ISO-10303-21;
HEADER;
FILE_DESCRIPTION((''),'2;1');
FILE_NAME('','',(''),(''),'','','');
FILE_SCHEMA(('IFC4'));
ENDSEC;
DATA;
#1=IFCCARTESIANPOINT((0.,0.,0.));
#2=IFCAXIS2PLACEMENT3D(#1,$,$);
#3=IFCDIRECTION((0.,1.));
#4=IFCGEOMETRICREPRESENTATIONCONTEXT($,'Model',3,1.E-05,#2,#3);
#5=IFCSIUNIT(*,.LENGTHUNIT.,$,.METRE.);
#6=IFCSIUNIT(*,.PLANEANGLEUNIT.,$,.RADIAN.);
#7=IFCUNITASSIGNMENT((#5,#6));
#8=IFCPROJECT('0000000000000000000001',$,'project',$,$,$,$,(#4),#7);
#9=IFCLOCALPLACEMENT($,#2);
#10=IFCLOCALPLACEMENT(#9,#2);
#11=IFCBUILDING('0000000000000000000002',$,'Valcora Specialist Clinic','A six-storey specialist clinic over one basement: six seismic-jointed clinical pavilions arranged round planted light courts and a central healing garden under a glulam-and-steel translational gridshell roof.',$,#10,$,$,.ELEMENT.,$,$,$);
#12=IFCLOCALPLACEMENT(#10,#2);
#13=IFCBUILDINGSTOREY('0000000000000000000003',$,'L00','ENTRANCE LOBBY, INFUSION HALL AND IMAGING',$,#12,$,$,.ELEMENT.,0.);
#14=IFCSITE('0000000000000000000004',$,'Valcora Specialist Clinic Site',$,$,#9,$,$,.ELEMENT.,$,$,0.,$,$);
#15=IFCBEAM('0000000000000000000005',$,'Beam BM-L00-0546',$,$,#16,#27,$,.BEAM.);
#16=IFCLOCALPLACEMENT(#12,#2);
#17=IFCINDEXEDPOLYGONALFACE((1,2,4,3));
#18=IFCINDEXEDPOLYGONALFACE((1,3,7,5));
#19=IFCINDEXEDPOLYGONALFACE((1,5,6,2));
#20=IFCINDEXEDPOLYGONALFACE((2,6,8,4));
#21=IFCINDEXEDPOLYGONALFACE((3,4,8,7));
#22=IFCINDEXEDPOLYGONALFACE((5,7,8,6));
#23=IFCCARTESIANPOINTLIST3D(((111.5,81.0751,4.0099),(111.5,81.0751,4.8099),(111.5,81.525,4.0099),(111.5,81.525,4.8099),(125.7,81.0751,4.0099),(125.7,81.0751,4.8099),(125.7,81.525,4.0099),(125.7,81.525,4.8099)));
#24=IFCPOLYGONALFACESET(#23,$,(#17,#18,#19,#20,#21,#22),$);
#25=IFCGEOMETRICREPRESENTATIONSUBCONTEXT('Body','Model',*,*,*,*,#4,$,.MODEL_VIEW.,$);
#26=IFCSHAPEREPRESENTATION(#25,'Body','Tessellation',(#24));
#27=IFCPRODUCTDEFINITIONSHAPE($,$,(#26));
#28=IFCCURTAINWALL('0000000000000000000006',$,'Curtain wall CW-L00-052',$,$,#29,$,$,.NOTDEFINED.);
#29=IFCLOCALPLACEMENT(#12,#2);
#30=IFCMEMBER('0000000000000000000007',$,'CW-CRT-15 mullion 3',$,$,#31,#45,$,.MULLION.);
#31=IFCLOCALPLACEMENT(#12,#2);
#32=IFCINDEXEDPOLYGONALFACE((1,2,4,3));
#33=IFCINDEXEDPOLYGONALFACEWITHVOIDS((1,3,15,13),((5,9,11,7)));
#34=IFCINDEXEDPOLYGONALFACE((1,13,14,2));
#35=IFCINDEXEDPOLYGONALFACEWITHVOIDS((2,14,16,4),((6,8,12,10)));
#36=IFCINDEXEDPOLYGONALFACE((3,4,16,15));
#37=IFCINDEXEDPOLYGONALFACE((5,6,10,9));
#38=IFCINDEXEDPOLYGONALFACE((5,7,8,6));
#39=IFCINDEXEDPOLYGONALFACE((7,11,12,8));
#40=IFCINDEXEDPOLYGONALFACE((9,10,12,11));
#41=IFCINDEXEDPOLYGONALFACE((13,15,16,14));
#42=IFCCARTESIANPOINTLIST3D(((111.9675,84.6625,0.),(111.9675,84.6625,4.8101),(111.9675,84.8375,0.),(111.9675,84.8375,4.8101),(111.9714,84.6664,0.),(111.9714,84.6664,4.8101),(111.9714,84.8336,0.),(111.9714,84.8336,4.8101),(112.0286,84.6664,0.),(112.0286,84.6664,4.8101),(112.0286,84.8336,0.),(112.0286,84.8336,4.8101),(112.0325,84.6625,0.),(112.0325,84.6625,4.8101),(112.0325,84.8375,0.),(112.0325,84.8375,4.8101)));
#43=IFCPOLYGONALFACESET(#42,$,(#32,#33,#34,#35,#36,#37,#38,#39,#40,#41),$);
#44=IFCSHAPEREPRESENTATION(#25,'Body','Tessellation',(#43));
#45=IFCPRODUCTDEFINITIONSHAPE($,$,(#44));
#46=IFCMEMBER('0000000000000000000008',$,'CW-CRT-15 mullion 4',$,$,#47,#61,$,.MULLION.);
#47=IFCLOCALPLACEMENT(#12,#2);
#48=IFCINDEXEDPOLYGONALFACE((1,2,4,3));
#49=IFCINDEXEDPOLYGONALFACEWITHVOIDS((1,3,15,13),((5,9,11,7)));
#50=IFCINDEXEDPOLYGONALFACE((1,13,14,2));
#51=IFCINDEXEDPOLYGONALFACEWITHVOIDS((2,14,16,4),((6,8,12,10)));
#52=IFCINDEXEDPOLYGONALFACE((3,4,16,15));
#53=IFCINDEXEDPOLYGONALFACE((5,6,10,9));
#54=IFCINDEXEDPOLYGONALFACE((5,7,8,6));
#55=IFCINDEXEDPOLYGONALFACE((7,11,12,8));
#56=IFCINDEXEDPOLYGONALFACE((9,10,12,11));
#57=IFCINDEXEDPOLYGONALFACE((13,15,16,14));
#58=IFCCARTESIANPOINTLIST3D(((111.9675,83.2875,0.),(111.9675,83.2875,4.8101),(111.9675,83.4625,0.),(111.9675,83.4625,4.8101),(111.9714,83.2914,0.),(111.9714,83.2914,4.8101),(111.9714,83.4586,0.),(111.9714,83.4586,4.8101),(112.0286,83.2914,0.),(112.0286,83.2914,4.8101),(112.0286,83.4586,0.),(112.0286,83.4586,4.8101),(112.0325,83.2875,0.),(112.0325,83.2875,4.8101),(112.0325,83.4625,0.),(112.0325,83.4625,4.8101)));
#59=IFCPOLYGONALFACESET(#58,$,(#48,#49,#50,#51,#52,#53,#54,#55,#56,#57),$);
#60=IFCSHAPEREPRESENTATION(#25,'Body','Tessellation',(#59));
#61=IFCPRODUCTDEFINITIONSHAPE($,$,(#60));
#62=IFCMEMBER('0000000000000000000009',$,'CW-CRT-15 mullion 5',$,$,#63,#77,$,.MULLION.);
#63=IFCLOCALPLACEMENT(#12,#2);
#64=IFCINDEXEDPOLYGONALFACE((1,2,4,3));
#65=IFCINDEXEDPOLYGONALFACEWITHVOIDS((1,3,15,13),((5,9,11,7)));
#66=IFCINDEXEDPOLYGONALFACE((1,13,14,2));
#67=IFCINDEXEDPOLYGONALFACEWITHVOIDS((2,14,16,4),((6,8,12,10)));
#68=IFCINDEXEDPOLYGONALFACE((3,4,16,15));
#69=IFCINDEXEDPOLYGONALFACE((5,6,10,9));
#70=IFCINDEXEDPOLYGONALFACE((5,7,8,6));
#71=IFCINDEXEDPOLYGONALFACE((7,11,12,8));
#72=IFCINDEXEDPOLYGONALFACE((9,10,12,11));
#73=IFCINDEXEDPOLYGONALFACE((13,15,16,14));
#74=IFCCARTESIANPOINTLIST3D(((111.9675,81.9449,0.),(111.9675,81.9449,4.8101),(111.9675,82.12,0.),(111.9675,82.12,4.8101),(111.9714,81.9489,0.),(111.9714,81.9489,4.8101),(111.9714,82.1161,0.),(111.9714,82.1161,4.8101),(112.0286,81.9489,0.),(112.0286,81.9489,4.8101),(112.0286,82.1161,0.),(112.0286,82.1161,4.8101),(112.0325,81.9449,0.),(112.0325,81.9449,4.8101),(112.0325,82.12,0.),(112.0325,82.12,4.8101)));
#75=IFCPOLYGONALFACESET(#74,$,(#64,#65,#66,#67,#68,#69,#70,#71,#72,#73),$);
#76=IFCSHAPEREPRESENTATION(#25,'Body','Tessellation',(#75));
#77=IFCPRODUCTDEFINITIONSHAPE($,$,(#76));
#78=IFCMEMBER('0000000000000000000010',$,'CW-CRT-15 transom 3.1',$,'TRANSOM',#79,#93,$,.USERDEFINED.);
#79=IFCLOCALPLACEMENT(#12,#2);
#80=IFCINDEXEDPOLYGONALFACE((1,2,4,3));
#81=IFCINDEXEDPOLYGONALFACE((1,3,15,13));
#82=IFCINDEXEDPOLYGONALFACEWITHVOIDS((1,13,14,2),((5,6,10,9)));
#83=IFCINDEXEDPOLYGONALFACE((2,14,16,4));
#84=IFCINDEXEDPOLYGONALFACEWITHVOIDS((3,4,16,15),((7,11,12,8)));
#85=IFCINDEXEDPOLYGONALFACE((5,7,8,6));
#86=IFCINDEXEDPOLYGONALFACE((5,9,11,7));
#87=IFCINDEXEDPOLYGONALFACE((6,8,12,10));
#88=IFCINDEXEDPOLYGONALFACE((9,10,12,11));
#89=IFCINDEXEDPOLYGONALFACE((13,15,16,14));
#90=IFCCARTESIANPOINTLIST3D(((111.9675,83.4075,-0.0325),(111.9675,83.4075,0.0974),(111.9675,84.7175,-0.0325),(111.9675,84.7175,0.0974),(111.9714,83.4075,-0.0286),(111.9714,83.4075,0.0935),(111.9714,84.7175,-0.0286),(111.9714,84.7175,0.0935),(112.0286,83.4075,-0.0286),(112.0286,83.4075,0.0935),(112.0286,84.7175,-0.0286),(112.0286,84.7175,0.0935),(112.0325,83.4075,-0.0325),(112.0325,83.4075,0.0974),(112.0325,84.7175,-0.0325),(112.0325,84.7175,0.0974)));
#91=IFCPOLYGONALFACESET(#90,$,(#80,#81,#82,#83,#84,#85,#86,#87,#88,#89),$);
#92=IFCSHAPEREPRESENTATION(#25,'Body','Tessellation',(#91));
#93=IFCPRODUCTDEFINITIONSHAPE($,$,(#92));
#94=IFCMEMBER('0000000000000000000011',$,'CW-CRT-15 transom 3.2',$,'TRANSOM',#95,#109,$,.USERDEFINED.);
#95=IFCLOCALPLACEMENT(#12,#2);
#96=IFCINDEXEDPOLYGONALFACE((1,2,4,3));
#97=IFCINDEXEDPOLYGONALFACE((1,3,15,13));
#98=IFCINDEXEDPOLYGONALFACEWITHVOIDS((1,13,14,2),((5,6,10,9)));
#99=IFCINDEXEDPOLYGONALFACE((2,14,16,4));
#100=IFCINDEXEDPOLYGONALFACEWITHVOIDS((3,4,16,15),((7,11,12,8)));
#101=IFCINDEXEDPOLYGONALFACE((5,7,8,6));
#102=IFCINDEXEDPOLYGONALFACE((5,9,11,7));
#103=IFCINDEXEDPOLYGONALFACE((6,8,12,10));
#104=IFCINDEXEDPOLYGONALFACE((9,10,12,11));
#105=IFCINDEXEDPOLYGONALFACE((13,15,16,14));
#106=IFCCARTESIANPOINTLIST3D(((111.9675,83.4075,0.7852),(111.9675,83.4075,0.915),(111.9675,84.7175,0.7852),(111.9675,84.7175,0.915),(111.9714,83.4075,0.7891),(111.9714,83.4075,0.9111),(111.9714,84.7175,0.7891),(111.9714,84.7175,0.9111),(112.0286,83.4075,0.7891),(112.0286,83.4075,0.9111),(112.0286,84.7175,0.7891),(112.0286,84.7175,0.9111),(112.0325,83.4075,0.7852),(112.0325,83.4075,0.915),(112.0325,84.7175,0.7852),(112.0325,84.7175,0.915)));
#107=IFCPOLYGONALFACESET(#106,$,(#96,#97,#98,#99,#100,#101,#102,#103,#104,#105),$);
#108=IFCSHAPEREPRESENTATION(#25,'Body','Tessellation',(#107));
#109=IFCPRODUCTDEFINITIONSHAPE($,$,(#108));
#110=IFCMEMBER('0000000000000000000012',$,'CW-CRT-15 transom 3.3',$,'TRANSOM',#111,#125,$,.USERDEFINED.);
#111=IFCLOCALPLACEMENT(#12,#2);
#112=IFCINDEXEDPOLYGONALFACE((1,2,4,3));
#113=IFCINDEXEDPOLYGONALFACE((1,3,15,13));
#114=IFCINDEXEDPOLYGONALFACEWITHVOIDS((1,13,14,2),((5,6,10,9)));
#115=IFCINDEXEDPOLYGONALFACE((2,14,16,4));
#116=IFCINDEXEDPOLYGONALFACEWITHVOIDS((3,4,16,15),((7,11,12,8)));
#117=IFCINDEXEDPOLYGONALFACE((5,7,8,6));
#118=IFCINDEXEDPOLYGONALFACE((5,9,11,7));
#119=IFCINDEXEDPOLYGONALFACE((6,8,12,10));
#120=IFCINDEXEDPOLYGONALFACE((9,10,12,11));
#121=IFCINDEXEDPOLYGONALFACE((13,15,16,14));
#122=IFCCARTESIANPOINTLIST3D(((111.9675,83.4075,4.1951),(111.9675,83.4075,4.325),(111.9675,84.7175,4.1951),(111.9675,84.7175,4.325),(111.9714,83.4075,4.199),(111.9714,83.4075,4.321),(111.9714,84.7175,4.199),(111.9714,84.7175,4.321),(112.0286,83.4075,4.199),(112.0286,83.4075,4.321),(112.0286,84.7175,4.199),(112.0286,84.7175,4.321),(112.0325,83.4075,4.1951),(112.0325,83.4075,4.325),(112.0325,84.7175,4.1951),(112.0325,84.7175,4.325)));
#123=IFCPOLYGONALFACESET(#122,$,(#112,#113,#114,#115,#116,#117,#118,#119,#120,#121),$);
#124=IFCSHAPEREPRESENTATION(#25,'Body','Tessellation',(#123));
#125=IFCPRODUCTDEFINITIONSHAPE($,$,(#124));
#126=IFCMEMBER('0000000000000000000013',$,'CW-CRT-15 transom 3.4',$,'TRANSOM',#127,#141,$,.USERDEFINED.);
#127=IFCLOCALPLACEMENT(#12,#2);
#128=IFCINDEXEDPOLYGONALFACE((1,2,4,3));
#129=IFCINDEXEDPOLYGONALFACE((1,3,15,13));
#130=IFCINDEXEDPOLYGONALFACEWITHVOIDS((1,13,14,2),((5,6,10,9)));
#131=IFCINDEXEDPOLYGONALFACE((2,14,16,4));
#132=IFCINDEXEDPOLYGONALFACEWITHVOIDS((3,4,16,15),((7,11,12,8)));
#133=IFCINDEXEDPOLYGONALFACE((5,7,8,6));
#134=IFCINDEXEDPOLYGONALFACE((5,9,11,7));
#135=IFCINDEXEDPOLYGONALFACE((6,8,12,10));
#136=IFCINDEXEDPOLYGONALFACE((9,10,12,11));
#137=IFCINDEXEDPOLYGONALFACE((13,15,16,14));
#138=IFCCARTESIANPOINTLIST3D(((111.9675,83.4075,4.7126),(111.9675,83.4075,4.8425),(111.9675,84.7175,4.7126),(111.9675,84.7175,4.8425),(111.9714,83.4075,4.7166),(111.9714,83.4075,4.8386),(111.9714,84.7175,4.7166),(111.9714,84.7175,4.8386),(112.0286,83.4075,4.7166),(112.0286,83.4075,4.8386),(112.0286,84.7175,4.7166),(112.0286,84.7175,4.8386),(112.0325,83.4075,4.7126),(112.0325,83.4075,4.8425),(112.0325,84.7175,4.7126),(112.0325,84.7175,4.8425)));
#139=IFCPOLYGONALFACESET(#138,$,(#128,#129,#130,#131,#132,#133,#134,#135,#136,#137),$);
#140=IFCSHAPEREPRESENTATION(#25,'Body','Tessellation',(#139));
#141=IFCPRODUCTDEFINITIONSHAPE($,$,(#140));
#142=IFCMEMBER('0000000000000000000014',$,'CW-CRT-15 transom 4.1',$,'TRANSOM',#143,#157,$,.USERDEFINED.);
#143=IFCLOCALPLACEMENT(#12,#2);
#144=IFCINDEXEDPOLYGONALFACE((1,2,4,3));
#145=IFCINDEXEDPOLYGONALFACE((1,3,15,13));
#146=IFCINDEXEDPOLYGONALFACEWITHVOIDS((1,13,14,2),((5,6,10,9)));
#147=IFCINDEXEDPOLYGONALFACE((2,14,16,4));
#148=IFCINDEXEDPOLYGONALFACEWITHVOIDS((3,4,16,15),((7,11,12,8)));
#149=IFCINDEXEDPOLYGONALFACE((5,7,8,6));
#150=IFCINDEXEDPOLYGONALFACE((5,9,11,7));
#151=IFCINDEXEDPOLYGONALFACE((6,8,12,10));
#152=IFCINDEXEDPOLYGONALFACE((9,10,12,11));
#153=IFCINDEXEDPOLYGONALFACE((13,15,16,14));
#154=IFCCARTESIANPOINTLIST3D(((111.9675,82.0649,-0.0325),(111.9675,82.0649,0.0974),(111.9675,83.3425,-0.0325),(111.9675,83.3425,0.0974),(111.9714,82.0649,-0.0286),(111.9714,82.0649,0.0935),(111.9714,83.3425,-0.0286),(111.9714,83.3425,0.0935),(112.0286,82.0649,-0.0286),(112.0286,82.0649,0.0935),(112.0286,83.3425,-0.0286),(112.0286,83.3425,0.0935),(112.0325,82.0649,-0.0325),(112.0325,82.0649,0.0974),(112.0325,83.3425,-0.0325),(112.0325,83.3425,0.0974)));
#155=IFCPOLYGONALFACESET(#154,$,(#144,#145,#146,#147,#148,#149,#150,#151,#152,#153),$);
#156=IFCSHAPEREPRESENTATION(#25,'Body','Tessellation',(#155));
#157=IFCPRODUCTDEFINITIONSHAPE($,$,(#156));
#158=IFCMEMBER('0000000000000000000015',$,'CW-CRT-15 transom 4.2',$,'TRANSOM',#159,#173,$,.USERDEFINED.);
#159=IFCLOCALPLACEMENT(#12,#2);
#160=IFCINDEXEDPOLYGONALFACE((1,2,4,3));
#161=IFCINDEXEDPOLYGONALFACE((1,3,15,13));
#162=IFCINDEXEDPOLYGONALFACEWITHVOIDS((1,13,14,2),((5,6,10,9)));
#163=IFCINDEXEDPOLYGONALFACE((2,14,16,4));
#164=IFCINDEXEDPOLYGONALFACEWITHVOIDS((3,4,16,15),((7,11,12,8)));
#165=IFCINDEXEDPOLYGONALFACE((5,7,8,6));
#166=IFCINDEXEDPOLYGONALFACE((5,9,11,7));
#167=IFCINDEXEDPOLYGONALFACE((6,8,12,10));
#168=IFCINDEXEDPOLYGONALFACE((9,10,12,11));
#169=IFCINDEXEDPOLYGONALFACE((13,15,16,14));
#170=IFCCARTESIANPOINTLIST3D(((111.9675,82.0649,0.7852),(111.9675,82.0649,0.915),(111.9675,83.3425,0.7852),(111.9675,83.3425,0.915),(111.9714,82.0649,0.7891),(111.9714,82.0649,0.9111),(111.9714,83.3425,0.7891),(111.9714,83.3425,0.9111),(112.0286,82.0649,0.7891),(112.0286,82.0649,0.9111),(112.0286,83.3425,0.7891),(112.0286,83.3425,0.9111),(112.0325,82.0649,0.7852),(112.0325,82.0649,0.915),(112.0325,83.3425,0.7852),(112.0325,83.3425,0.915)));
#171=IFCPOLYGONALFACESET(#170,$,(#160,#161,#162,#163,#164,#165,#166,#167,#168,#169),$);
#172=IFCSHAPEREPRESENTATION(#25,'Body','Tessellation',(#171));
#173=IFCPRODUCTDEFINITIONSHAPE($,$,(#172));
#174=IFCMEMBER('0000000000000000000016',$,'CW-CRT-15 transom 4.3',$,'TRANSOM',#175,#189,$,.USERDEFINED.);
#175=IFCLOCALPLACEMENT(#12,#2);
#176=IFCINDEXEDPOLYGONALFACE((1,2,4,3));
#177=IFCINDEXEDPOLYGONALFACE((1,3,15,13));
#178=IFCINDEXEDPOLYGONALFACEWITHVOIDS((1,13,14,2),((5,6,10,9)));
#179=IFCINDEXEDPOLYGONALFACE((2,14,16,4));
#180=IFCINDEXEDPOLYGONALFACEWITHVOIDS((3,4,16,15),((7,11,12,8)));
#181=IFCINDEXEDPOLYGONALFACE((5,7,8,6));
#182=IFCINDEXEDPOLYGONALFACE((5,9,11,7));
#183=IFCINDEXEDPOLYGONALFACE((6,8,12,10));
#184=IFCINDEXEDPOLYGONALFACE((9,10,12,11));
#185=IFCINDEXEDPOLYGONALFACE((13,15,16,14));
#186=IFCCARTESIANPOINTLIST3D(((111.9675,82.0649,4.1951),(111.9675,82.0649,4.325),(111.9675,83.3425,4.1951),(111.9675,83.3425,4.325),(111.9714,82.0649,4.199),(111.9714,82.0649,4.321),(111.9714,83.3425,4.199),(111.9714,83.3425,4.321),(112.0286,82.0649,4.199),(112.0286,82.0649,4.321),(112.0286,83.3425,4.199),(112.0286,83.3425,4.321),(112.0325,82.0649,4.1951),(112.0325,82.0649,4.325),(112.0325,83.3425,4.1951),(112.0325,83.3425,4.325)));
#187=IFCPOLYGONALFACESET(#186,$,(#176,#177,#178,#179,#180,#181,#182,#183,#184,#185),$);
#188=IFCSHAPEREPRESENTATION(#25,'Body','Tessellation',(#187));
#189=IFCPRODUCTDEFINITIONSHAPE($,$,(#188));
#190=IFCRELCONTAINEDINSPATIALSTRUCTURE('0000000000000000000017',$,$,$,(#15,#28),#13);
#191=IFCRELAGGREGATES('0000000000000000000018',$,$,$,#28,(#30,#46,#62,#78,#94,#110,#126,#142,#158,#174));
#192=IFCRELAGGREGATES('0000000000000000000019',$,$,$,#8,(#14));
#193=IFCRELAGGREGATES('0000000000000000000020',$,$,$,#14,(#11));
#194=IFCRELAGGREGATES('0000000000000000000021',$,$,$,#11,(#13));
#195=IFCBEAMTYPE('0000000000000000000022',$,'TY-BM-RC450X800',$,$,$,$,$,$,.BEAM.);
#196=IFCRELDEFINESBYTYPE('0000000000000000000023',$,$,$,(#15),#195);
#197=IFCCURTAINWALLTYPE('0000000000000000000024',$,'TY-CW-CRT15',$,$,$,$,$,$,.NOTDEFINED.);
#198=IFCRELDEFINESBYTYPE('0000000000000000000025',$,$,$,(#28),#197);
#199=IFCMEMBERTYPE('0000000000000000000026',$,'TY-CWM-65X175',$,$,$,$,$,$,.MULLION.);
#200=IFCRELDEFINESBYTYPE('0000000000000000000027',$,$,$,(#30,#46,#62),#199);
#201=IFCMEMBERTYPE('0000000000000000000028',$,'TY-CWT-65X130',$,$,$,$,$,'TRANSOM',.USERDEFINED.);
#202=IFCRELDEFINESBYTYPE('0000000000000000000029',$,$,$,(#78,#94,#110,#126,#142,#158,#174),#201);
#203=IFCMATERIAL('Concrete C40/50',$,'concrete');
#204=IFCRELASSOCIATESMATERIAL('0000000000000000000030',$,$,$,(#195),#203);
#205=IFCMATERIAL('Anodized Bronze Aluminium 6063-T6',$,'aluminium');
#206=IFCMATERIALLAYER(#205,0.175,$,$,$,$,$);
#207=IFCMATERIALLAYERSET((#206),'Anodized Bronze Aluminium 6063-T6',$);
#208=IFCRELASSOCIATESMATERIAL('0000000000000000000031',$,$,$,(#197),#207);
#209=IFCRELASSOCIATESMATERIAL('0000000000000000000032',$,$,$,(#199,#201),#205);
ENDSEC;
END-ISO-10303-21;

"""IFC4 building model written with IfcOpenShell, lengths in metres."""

from ifc_helpers import new_model, si_unit, direction, frame, origin, origin_2d, place, context, subcontext, project, spatial, rectangle, hollow_rectangle, extrude, material, layer, layer_set, material_profile, profile_set, type_object, element, aggregate, save


model = new_model("IFC4")

# Units and contexts
model_context = context("Model", 3, precision=1e-05, world=origin(), true_north=direction((0.0, 1.0)))
body_context = subcontext(model_context, "Body", "Model", "MODEL_VIEW")
ifc_project = project(units=[si_unit("LENGTHUNIT", "METRE"), si_unit("PLANEANGLEUNIT", "RADIAN")], contexts=[model_context])

# Site, building, storey
site_placement = place(None, origin())
site = spatial("IfcSite", under=ifc_project, at=site_placement, Name="Valcora Specialist Clinic Site", CompositionType="ELEMENT", RefElevation=0.0)
building_placement = place(site_placement, origin())
building = spatial("IfcBuilding", under=site, at=building_placement, Name="Valcora Specialist Clinic", Description="A six-storey specialist clinic over one basement: six seismic-jointed clinical pavilions arranged round planted light courts and a central healing garden under a glulam-and-steel translational gridshell roof.", CompositionType="ELEMENT")
storey_placement = place(building_placement, origin())
storey = spatial("IfcBuildingStorey", under=building, at=storey_placement, Name="L00", Description="ENTRANCE LOBBY, INFUSION HALL AND IMAGING", CompositionType="ELEMENT", Elevation=0.0)

# Beam
ifc_material_1 = material(Name="Concrete C40/50", Category="concrete")
ifc_material_profile_1 = material_profile(ifc_material_1, rectangle(XDim=0.45, YDim=0.8, at=origin_2d()), Name="RC-BM-450X800")
ifc_profile_set_1 = profile_set([ifc_material_profile_1], Name="Concrete C40/50")
beam_type = type_object("IfcBeamType", Name="TY-BM-RC450X800", PredefinedType="BEAM", material=ifc_profile_set_1)
beam_placement = place(storey_placement, frame((111.5, 81.3, 4.4099), z_axis=(1.0, 0.0, 0.0), x_axis=(0.0, 1.0, 0.0)))
element("IfcBeam", 1, at=beam_placement, inside=storey, type_object=beam_type, Name="Beam BM-L00-0546", PredefinedType="BEAM", context=body_context, shape_type="SweptSolid", body=[
    extrude(rectangle(XDim=0.45, YDim=0.8, at=origin_2d()), origin(), (0.0, 0.0, 1.0), 14.2),
])

# Curtain wall, members
ifc_material_2 = material(Name="Anodized Bronze Aluminium 6063-T6", Category="aluminium")
ifc_layer_1 = layer(ifc_material_2, 0.175)
ifc_layer_set_1 = layer_set([ifc_layer_1], Name="Anodized Bronze Aluminium 6063-T6")
curtain_wall_type = type_object("IfcCurtainWallType", Name="TY-CW-CRT15", PredefinedType="NOTDEFINED", material=ifc_layer_set_1)
curtain_wall_placement = place(storey_placement, origin())
curtain_wall = element("IfcCurtainWall", 2, at=curtain_wall_placement, inside=storey, type_object=curtain_wall_type, Name="Curtain wall CW-L00-052", PredefinedType="NOTDEFINED")
ifc_material_profile_2 = material_profile(ifc_material_2, hollow_rectangle(XDim=0.0649, YDim=0.175, WallThickness=0.0039, at=origin_2d()), Name="AL-MUL-65X175")
ifc_profile_set_2 = profile_set([ifc_material_profile_2], Name="Anodized Bronze Aluminium 6063-T6")
member_type_1 = type_object("IfcMemberType", Name="TY-CWM-65X175", PredefinedType="MULLION", material=ifc_profile_set_2)
member_1_placement = place(storey_placement, frame((112.0, 84.75, 0.0), z_axis=(0.0, 0.0, 1.0), x_axis=(1.0, 0.0, 0.0)))
member_1 = element("IfcMember", 3, at=member_1_placement, type_object=member_type_1, Name="CW-CRT-15 mullion 3", PredefinedType="MULLION", context=body_context, shape_type="SweptSolid", body=[
    extrude(hollow_rectangle(XDim=0.0649, YDim=0.175, WallThickness=0.0039, at=origin_2d()), origin(), (0.0, 0.0, 1.0), 4.8101),
])
member_2_placement = place(storey_placement, frame((112.0, 83.375, 0.0), z_axis=(0.0, 0.0, 1.0), x_axis=(1.0, 0.0, 0.0)))
member_2 = element("IfcMember", 4, at=member_2_placement, type_object=member_type_1, Name="CW-CRT-15 mullion 4", PredefinedType="MULLION", context=body_context, shape_type="SweptSolid", body=[
    extrude(hollow_rectangle(XDim=0.0649, YDim=0.175, WallThickness=0.0039, at=origin_2d()), origin(), (0.0, 0.0, 1.0), 4.8101),
])
member_3_placement = place(storey_placement, frame((112.0, 82.0325, 0.0), z_axis=(0.0, 0.0, 1.0), x_axis=(1.0, 0.0, 0.0)))
member_3 = element("IfcMember", 5, at=member_3_placement, type_object=member_type_1, Name="CW-CRT-15 mullion 5", PredefinedType="MULLION", context=body_context, shape_type="SweptSolid", body=[
    extrude(hollow_rectangle(XDim=0.0649, YDim=0.175, WallThickness=0.0039, at=origin_2d()), origin(), (0.0, 0.0, 1.0), 4.8101),
])
ifc_material_profile_3 = material_profile(ifc_material_2, hollow_rectangle(XDim=0.0649, YDim=0.1299, WallThickness=0.0039, at=origin_2d()), Name="AL-TRN-65X130")
ifc_profile_set_3 = profile_set([ifc_material_profile_3], Name="Anodized Bronze Aluminium 6063-T6")
member_type_2 = type_object("IfcMemberType", Name="TY-CWT-65X130", ElementType="TRANSOM", PredefinedType="USERDEFINED", material=ifc_profile_set_3)
member_4_placement = place(storey_placement, frame((112.0, 84.7175, 0.0325), z_axis=(0.0, -1.0, 0.0), x_axis=(1.0, 0.0, 0.0)))
member_4 = element("IfcMember", 6, at=member_4_placement, type_object=member_type_2, Name="CW-CRT-15 transom 3.1", ObjectType="TRANSOM", PredefinedType="USERDEFINED", context=body_context, shape_type="SweptSolid", body=[
    extrude(hollow_rectangle(XDim=0.0649, YDim=0.1299, WallThickness=0.0039, at=origin_2d()), origin(), (0.0, 0.0, 1.0), 1.3101),
])
member_5_placement = place(storey_placement, frame((112.0, 84.7175, 0.8501), z_axis=(0.0, -1.0, 0.0), x_axis=(1.0, 0.0, 0.0)))
member_5 = element("IfcMember", 7, at=member_5_placement, type_object=member_type_2, Name="CW-CRT-15 transom 3.2", ObjectType="TRANSOM", PredefinedType="USERDEFINED", context=body_context, shape_type="SweptSolid", body=[
    extrude(hollow_rectangle(XDim=0.0649, YDim=0.1299, WallThickness=0.0039, at=origin_2d()), origin(), (0.0, 0.0, 1.0), 1.3101),
])
member_6_placement = place(storey_placement, frame((112.0, 84.7175, 4.26), z_axis=(0.0, -1.0, 0.0), x_axis=(1.0, 0.0, 0.0)))
member_6 = element("IfcMember", 8, at=member_6_placement, type_object=member_type_2, Name="CW-CRT-15 transom 3.3", ObjectType="TRANSOM", PredefinedType="USERDEFINED", context=body_context, shape_type="SweptSolid", body=[
    extrude(hollow_rectangle(XDim=0.0649, YDim=0.1299, WallThickness=0.0039, at=origin_2d()), origin(), (0.0, 0.0, 1.0), 1.3101),
])
member_7_placement = place(storey_placement, frame((112.0, 84.7175, 4.7776), z_axis=(0.0, -1.0, 0.0), x_axis=(1.0, 0.0, 0.0)))
member_7 = element("IfcMember", 9, at=member_7_placement, type_object=member_type_2, Name="CW-CRT-15 transom 3.4", ObjectType="TRANSOM", PredefinedType="USERDEFINED", context=body_context, shape_type="SweptSolid", body=[
    extrude(hollow_rectangle(XDim=0.0649, YDim=0.1299, WallThickness=0.0039, at=origin_2d()), origin(), (0.0, 0.0, 1.0), 1.3101),
])
member_8_placement = place(storey_placement, frame((112.0, 83.3425, 0.0325), z_axis=(0.0, -1.0, 0.0), x_axis=(1.0, 0.0, 0.0)))
member_8 = element("IfcMember", 10, at=member_8_placement, type_object=member_type_2, Name="CW-CRT-15 transom 4.1", ObjectType="TRANSOM", PredefinedType="USERDEFINED", context=body_context, shape_type="SweptSolid", body=[
    extrude(hollow_rectangle(XDim=0.0649, YDim=0.1299, WallThickness=0.0039, at=origin_2d()), origin(), (0.0, 0.0, 1.0), 1.2776),
])
member_9_placement = place(storey_placement, frame((112.0, 83.3425, 0.8501), z_axis=(0.0, -1.0, 0.0), x_axis=(1.0, 0.0, 0.0)))
member_9 = element("IfcMember", 11, at=member_9_placement, type_object=member_type_2, Name="CW-CRT-15 transom 4.2", ObjectType="TRANSOM", PredefinedType="USERDEFINED", context=body_context, shape_type="SweptSolid", body=[
    extrude(hollow_rectangle(XDim=0.0649, YDim=0.1299, WallThickness=0.0039, at=origin_2d()), origin(), (0.0, 0.0, 1.0), 1.2776),
])
member_10_placement = place(storey_placement, frame((112.0, 83.3425, 4.26), z_axis=(0.0, -1.0, 0.0), x_axis=(1.0, 0.0, 0.0)))
member_10 = element("IfcMember", 12, at=member_10_placement, type_object=member_type_2, Name="CW-CRT-15 transom 4.3", ObjectType="TRANSOM", PredefinedType="USERDEFINED", context=body_context, shape_type="SweptSolid", body=[
    extrude(hollow_rectangle(XDim=0.0649, YDim=0.1299, WallThickness=0.0039, at=origin_2d()), origin(), (0.0, 0.0, 1.0), 1.2776),
])
aggregate(curtain_wall, [member_1, member_2, member_3, member_4, member_5, member_6, member_7, member_8, member_9, member_10])

save(model, "model.ifc")
